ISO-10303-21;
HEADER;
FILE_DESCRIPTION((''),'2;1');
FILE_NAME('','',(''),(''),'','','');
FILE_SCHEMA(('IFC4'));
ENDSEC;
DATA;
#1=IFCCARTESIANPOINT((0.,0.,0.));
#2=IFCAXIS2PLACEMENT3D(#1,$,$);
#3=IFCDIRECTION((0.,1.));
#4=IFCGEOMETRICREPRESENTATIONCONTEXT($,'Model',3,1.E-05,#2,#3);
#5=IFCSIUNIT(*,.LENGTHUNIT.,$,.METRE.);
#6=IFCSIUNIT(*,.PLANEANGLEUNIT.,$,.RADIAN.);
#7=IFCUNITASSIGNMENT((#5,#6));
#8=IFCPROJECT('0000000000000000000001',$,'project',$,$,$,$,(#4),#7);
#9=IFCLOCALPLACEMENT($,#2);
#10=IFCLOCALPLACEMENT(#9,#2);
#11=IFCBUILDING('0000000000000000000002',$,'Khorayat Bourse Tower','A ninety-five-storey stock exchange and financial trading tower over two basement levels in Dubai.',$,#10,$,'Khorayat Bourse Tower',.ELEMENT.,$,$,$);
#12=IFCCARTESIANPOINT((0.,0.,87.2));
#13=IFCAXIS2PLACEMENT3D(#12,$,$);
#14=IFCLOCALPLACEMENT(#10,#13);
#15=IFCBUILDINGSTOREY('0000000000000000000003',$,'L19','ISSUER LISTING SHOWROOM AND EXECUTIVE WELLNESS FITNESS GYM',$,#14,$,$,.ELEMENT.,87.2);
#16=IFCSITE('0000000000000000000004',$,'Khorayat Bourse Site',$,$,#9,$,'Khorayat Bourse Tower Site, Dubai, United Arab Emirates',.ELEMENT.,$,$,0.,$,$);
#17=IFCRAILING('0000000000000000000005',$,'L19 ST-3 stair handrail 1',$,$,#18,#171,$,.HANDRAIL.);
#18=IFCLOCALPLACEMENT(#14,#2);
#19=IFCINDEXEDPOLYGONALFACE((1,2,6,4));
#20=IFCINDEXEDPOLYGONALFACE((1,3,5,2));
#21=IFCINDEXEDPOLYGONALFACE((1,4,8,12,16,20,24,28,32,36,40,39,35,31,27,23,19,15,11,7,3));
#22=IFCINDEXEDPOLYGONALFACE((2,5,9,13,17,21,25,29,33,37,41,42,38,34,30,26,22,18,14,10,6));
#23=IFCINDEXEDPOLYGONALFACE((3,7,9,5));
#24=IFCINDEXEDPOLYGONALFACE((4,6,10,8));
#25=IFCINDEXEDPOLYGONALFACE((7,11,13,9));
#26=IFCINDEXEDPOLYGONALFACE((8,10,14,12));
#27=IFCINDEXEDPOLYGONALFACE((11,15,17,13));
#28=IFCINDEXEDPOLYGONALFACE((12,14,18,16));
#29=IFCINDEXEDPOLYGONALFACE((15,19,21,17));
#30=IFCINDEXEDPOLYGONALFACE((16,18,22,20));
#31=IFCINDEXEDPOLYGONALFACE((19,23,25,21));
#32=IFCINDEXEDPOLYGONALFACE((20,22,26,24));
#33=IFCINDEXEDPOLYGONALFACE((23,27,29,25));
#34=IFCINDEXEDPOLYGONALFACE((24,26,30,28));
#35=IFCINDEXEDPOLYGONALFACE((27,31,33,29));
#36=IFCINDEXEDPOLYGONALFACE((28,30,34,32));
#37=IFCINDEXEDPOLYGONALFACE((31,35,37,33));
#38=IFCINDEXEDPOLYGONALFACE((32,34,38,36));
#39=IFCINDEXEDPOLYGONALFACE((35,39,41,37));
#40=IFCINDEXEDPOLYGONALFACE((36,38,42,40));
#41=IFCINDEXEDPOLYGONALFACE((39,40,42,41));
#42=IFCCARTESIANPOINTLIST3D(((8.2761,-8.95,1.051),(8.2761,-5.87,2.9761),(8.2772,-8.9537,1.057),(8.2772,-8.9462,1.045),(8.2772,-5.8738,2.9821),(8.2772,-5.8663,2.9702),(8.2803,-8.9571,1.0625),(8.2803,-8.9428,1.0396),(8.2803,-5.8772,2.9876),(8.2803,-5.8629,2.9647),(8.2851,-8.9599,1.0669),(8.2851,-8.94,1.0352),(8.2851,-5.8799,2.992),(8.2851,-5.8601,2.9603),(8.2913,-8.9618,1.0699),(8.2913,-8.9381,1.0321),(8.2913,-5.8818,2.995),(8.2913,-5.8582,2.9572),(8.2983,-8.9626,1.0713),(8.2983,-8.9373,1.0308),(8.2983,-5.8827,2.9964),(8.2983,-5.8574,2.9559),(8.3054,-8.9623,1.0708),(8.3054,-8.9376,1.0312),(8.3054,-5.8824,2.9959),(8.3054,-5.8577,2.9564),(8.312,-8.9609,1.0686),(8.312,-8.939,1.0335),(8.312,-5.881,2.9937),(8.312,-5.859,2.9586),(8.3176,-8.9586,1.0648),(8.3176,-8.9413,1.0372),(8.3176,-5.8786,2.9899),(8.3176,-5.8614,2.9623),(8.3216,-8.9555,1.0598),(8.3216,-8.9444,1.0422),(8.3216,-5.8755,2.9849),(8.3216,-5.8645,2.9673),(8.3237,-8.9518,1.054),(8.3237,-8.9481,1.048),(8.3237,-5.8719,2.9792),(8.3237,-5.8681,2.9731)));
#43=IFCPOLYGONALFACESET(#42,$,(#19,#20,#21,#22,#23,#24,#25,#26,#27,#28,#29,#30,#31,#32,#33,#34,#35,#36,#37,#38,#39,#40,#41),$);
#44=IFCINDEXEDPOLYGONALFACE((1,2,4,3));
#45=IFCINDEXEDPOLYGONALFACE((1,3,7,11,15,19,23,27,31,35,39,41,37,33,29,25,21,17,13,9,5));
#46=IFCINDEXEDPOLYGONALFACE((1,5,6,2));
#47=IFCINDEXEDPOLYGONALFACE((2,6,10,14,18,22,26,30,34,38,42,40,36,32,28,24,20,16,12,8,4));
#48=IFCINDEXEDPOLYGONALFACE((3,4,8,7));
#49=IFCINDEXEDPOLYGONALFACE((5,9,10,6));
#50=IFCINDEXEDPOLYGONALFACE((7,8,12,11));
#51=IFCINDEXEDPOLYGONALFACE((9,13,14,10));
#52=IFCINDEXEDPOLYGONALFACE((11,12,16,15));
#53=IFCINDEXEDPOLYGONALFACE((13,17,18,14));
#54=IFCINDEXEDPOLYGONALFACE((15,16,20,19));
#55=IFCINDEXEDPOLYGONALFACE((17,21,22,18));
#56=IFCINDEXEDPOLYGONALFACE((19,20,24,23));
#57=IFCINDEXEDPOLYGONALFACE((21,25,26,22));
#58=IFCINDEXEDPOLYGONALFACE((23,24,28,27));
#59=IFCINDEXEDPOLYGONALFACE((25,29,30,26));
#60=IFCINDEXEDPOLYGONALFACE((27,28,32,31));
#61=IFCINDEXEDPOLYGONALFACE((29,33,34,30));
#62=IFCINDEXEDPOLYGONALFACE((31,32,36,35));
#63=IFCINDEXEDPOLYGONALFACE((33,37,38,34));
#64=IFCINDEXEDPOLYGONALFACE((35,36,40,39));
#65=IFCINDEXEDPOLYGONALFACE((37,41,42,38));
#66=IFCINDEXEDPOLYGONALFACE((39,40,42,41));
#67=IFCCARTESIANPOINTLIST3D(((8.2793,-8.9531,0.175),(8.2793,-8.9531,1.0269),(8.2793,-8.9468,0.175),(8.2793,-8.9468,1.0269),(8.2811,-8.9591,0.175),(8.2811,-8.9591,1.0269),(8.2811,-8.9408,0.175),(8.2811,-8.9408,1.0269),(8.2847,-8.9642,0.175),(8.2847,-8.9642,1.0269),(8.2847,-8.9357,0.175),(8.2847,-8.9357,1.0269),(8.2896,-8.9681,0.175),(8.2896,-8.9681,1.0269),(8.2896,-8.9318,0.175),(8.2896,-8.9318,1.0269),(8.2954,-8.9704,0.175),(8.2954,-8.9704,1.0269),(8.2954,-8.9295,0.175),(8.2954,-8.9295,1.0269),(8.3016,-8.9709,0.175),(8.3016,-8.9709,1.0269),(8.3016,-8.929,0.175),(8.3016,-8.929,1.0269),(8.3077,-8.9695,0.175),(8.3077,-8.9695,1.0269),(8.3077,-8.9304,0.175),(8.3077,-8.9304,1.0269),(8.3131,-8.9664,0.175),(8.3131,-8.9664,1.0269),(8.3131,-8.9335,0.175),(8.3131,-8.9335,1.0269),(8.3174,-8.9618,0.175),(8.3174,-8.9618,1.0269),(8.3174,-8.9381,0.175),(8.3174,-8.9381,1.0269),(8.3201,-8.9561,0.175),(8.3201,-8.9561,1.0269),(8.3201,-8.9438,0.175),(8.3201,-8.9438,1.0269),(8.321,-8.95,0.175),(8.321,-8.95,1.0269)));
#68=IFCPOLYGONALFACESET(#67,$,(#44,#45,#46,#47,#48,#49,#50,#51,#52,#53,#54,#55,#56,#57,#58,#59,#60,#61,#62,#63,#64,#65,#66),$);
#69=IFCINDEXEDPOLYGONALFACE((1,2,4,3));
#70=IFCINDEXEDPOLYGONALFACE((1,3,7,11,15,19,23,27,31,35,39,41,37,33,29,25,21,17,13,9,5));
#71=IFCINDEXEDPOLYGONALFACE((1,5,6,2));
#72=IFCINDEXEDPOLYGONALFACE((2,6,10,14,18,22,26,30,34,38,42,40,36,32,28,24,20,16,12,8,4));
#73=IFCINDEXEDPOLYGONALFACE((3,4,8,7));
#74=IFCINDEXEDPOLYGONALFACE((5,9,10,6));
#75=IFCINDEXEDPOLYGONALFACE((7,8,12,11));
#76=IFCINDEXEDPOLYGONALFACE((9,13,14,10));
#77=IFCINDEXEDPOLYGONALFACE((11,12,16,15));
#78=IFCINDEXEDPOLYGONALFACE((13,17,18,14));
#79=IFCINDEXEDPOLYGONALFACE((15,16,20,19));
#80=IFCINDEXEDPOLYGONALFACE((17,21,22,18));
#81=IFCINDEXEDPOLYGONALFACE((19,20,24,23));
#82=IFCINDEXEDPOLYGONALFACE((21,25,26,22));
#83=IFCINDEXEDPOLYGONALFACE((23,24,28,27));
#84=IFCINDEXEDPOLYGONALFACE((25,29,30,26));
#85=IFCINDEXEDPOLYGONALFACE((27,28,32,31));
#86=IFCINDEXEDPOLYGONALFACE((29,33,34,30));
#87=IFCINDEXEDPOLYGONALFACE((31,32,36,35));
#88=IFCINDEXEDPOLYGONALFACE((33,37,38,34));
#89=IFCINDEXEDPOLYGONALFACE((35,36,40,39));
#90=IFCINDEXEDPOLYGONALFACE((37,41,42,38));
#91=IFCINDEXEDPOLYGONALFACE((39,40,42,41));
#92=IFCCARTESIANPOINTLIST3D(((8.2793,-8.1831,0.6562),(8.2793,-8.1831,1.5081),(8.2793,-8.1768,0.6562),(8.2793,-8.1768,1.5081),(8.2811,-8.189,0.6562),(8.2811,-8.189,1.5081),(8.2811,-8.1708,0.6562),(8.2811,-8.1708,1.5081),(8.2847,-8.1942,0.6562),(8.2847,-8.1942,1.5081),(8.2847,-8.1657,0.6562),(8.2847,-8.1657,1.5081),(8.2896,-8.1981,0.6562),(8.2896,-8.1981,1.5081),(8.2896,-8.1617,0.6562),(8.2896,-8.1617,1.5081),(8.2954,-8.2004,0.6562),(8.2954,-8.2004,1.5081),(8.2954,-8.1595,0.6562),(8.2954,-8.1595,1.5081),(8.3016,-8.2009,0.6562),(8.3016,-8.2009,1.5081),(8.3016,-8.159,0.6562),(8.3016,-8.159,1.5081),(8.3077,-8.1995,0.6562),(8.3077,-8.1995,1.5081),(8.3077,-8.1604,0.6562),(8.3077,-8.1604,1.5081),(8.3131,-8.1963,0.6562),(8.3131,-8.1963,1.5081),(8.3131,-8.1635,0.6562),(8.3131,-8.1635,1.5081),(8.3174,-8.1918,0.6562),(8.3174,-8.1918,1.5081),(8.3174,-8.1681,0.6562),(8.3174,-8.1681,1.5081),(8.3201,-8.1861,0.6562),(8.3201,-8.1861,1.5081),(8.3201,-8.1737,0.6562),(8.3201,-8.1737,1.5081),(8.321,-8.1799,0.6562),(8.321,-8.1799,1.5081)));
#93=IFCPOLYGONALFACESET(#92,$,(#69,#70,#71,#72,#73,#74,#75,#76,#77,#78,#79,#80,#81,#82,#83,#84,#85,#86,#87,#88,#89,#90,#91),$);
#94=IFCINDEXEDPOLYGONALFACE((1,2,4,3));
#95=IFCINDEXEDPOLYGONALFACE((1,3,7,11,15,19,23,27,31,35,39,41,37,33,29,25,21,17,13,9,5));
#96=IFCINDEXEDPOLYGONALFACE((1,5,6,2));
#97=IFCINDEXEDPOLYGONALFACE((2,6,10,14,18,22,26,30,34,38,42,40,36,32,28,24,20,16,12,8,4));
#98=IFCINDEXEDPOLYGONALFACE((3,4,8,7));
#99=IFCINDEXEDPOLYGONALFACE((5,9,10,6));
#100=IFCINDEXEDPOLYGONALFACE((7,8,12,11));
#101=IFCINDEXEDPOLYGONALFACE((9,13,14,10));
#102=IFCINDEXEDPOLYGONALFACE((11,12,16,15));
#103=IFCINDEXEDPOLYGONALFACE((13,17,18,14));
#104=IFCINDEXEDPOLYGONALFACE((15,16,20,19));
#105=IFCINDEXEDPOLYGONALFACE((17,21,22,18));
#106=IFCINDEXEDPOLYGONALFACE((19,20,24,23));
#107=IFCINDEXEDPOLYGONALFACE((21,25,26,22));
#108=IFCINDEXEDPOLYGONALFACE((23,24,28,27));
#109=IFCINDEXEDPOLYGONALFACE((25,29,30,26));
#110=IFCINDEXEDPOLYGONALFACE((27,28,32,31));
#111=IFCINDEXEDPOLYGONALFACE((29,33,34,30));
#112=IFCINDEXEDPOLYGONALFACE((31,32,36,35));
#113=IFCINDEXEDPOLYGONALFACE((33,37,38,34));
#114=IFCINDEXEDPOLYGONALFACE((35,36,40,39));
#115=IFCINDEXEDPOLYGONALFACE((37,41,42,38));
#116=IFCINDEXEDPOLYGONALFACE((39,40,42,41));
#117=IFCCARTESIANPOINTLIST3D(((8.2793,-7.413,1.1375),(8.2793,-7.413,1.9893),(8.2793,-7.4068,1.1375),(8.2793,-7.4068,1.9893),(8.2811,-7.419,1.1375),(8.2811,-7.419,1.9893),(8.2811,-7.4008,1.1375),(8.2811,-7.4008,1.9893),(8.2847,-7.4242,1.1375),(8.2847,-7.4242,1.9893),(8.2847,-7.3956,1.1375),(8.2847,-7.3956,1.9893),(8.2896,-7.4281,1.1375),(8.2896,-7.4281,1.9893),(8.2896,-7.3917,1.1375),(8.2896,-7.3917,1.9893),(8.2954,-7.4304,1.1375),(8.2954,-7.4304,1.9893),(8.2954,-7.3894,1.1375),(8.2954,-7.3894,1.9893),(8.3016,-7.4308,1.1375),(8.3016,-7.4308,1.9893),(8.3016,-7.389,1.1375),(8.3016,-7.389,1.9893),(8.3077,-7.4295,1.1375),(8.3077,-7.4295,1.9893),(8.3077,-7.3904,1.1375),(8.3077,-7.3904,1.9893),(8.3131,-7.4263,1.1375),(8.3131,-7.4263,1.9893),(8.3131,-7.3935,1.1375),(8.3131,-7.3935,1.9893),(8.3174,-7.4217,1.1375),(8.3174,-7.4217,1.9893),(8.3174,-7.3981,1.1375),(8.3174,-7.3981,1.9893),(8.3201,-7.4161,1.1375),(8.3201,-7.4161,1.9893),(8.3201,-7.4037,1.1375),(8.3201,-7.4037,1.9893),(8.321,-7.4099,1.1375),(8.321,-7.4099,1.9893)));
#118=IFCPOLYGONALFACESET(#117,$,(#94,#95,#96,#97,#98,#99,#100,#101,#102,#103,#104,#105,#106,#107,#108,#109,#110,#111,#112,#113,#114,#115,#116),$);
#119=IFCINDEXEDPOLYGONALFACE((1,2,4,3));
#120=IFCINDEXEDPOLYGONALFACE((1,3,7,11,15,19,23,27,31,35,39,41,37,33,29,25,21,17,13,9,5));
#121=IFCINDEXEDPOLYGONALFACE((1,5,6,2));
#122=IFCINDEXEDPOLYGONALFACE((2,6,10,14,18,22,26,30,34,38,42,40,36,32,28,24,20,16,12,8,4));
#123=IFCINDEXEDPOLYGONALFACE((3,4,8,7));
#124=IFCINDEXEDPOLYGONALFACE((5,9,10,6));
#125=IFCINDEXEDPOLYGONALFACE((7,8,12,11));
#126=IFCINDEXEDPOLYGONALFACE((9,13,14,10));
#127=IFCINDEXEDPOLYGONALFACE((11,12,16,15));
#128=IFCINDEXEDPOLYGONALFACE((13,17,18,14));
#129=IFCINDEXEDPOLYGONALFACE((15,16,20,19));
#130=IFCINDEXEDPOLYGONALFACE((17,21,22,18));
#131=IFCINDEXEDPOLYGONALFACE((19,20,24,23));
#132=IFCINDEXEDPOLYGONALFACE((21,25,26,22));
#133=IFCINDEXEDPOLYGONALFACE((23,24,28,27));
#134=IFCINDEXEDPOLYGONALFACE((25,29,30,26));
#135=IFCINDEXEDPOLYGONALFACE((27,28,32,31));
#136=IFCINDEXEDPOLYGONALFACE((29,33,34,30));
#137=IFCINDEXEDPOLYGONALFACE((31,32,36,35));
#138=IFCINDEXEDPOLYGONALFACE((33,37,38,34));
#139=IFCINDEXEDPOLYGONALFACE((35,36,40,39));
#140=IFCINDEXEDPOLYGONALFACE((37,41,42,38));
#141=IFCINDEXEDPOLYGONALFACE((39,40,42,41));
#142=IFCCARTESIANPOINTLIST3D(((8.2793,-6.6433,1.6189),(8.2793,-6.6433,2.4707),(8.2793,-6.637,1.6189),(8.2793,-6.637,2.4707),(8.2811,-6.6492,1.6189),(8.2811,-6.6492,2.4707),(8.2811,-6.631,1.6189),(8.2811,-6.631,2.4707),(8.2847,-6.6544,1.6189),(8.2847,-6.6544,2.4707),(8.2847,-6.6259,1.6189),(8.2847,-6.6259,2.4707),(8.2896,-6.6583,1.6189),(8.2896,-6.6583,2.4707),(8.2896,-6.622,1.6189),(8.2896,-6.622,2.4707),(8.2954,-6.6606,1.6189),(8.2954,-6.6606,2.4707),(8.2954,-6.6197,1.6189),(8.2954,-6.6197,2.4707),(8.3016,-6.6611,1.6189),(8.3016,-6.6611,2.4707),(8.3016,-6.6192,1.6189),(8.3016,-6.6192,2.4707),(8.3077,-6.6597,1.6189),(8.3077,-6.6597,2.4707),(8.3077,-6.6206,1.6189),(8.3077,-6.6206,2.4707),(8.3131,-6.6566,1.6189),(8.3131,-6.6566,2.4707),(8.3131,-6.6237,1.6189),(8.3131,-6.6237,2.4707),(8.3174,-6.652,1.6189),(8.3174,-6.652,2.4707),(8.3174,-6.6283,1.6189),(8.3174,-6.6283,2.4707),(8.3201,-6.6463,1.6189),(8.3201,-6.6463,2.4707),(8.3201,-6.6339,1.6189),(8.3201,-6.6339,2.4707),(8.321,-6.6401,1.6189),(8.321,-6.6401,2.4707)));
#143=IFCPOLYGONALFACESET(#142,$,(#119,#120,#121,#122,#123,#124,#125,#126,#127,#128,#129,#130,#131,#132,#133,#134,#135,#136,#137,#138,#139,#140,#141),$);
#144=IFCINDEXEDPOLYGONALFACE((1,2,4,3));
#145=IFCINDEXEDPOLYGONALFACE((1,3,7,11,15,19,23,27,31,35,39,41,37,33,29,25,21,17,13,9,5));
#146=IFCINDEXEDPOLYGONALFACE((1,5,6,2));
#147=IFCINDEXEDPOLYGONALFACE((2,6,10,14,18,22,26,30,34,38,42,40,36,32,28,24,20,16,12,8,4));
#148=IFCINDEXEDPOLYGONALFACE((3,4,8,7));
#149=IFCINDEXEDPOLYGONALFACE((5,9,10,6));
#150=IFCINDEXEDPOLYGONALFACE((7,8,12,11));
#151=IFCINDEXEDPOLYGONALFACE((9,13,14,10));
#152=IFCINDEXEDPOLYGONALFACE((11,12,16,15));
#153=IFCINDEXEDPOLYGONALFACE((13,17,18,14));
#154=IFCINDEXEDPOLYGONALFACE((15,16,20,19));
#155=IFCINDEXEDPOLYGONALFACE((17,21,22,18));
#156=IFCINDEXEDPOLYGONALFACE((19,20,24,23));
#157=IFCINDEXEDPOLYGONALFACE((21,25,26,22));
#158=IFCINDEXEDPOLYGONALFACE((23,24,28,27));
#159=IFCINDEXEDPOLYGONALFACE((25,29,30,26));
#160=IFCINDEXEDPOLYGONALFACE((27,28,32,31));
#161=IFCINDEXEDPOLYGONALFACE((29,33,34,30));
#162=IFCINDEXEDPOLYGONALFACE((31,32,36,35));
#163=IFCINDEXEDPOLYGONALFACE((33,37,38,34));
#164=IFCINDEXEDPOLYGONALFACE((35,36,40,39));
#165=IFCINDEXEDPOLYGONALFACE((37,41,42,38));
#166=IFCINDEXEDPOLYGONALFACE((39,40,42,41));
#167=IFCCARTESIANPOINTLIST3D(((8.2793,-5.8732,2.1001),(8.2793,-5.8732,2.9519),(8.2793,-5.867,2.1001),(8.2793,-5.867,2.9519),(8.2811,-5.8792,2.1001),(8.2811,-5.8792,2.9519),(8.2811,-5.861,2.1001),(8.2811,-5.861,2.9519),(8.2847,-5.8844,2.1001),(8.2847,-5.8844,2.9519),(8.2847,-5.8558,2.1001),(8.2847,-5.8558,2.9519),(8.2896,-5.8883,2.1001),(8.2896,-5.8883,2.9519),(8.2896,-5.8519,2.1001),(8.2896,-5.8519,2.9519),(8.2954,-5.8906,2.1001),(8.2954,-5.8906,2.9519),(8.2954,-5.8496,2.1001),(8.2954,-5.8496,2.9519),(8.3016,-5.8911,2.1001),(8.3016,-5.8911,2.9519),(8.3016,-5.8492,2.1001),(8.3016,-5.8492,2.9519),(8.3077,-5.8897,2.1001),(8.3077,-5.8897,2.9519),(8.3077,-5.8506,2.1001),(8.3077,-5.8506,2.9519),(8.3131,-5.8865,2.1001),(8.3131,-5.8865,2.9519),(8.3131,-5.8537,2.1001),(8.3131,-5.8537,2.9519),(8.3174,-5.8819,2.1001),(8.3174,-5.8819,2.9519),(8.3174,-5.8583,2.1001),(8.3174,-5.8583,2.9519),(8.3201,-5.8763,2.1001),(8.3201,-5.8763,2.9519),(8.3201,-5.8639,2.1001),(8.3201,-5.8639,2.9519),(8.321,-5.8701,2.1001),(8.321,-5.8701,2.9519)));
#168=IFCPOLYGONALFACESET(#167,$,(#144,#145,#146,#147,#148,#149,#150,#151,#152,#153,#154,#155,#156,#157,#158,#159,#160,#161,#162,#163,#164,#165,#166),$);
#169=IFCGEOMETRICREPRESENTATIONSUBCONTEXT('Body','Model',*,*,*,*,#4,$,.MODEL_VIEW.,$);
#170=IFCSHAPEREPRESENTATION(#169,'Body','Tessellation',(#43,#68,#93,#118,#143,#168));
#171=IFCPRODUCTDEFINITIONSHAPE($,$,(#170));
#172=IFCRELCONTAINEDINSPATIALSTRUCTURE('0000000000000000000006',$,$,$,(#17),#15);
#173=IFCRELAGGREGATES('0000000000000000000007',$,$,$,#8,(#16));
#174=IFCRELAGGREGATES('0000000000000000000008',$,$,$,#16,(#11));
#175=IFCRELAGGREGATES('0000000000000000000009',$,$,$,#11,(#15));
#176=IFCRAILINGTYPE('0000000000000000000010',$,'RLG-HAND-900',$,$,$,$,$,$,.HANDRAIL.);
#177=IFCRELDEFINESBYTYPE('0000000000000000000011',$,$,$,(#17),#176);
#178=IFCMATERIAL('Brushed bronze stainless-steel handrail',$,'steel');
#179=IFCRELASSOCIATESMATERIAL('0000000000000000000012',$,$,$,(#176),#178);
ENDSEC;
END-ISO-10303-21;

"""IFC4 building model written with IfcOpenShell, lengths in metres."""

from ifc_helpers import new_model, si_unit, direction, frame, origin, origin_2d, place, context, subcontext, project, spatial, circle, extrude, source, transform, mapped, material, type_object, element, save


model = new_model("IFC4")

# Units and contexts
model_context = context("Model", 3, precision=1e-05, world=origin(), true_north=direction((0.0, 1.0)))
body_context = subcontext(model_context, "Body", "Model", "MODEL_VIEW")
ifc_project = project(units=[si_unit("LENGTHUNIT", "METRE"), si_unit("PLANEANGLEUNIT", "RADIAN")], contexts=[model_context])

# Site, building, storey
site_placement = place(None, origin())
site = spatial("IfcSite", under=ifc_project, at=site_placement, Name="Khorayat Bourse Site", LongName="Khorayat Bourse Tower Site, Dubai, United Arab Emirates", CompositionType="ELEMENT", RefElevation=0.0)
building_placement = place(site_placement, origin())
building = spatial("IfcBuilding", under=site, at=building_placement, Name="Khorayat Bourse Tower", Description="A ninety-five-storey stock exchange and financial trading tower over two basement levels in Dubai.", LongName="Khorayat Bourse Tower", CompositionType="ELEMENT")
storey_placement = place(building_placement, frame((0.0, 0.0, 87.2)))
storey = spatial("IfcBuildingStorey", under=building, at=storey_placement, Name="L19", Description="ISSUER LISTING SHOWROOM AND EXECUTIVE WELLNESS FITNESS GYM", CompositionType="ELEMENT", Elevation=87.2)

# Railing
ifc_material_1 = material(Name="Brushed bronze stainless-steel handrail", Category="steel")
railing_type_1 = type_object("IfcRailingType", Name="RLG-HAND-900", PredefinedType="HANDRAIL", material=ifc_material_1)
shared_shape_1 = source(origin(), body_context, "Body", "SweptSolid", [
    extrude(circle(Radius=0.0239, at=origin_2d()), frame((0.0, 0.0, 0.876), z_axis=(0.0, 0.847979, 0.530029), x_axis=(-1.0, 0.0, 0.0)), (0.0, 0.0, 1.0), 3.6321),
    extrude(circle(Radius=0.021, at=origin_2d()), origin(), (0.0, 0.0, 1.0), 0.8518),
    extrude(circle(Radius=0.021, at=origin_2d()), frame((0.0, 0.77, 0.4812)), (0.0, 0.0, 1.0), 0.8518),
    extrude(circle(Radius=0.021, at=origin_2d()), frame((0.0, 1.54, 0.9624)), (0.0, 0.0, 1.0), 0.8518),
    extrude(circle(Radius=0.021, at=origin_2d()), frame((0.0, 2.3098, 1.4438)), (0.0, 0.0, 1.0), 0.8518),
    extrude(circle(Radius=0.021, at=origin_2d()), frame((0.0, 3.0798, 1.925)), (0.0, 0.0, 1.0), 0.8518),
])
railing_1_placement = place(storey_placement, frame((8.3, -8.95, 0.175)))
element("IfcRailing", 1, at=railing_1_placement, inside=storey, type_object=railing_type_1, Name="L19 ST-3 stair handrail 1", PredefinedType="HANDRAIL", context=body_context, shape_type="MappedRepresentation", body=[
    mapped(shared_shape_1, transform((0.0, 0.0, 0.0), scale=1.0)),
])

save(model, "model.ifc")
